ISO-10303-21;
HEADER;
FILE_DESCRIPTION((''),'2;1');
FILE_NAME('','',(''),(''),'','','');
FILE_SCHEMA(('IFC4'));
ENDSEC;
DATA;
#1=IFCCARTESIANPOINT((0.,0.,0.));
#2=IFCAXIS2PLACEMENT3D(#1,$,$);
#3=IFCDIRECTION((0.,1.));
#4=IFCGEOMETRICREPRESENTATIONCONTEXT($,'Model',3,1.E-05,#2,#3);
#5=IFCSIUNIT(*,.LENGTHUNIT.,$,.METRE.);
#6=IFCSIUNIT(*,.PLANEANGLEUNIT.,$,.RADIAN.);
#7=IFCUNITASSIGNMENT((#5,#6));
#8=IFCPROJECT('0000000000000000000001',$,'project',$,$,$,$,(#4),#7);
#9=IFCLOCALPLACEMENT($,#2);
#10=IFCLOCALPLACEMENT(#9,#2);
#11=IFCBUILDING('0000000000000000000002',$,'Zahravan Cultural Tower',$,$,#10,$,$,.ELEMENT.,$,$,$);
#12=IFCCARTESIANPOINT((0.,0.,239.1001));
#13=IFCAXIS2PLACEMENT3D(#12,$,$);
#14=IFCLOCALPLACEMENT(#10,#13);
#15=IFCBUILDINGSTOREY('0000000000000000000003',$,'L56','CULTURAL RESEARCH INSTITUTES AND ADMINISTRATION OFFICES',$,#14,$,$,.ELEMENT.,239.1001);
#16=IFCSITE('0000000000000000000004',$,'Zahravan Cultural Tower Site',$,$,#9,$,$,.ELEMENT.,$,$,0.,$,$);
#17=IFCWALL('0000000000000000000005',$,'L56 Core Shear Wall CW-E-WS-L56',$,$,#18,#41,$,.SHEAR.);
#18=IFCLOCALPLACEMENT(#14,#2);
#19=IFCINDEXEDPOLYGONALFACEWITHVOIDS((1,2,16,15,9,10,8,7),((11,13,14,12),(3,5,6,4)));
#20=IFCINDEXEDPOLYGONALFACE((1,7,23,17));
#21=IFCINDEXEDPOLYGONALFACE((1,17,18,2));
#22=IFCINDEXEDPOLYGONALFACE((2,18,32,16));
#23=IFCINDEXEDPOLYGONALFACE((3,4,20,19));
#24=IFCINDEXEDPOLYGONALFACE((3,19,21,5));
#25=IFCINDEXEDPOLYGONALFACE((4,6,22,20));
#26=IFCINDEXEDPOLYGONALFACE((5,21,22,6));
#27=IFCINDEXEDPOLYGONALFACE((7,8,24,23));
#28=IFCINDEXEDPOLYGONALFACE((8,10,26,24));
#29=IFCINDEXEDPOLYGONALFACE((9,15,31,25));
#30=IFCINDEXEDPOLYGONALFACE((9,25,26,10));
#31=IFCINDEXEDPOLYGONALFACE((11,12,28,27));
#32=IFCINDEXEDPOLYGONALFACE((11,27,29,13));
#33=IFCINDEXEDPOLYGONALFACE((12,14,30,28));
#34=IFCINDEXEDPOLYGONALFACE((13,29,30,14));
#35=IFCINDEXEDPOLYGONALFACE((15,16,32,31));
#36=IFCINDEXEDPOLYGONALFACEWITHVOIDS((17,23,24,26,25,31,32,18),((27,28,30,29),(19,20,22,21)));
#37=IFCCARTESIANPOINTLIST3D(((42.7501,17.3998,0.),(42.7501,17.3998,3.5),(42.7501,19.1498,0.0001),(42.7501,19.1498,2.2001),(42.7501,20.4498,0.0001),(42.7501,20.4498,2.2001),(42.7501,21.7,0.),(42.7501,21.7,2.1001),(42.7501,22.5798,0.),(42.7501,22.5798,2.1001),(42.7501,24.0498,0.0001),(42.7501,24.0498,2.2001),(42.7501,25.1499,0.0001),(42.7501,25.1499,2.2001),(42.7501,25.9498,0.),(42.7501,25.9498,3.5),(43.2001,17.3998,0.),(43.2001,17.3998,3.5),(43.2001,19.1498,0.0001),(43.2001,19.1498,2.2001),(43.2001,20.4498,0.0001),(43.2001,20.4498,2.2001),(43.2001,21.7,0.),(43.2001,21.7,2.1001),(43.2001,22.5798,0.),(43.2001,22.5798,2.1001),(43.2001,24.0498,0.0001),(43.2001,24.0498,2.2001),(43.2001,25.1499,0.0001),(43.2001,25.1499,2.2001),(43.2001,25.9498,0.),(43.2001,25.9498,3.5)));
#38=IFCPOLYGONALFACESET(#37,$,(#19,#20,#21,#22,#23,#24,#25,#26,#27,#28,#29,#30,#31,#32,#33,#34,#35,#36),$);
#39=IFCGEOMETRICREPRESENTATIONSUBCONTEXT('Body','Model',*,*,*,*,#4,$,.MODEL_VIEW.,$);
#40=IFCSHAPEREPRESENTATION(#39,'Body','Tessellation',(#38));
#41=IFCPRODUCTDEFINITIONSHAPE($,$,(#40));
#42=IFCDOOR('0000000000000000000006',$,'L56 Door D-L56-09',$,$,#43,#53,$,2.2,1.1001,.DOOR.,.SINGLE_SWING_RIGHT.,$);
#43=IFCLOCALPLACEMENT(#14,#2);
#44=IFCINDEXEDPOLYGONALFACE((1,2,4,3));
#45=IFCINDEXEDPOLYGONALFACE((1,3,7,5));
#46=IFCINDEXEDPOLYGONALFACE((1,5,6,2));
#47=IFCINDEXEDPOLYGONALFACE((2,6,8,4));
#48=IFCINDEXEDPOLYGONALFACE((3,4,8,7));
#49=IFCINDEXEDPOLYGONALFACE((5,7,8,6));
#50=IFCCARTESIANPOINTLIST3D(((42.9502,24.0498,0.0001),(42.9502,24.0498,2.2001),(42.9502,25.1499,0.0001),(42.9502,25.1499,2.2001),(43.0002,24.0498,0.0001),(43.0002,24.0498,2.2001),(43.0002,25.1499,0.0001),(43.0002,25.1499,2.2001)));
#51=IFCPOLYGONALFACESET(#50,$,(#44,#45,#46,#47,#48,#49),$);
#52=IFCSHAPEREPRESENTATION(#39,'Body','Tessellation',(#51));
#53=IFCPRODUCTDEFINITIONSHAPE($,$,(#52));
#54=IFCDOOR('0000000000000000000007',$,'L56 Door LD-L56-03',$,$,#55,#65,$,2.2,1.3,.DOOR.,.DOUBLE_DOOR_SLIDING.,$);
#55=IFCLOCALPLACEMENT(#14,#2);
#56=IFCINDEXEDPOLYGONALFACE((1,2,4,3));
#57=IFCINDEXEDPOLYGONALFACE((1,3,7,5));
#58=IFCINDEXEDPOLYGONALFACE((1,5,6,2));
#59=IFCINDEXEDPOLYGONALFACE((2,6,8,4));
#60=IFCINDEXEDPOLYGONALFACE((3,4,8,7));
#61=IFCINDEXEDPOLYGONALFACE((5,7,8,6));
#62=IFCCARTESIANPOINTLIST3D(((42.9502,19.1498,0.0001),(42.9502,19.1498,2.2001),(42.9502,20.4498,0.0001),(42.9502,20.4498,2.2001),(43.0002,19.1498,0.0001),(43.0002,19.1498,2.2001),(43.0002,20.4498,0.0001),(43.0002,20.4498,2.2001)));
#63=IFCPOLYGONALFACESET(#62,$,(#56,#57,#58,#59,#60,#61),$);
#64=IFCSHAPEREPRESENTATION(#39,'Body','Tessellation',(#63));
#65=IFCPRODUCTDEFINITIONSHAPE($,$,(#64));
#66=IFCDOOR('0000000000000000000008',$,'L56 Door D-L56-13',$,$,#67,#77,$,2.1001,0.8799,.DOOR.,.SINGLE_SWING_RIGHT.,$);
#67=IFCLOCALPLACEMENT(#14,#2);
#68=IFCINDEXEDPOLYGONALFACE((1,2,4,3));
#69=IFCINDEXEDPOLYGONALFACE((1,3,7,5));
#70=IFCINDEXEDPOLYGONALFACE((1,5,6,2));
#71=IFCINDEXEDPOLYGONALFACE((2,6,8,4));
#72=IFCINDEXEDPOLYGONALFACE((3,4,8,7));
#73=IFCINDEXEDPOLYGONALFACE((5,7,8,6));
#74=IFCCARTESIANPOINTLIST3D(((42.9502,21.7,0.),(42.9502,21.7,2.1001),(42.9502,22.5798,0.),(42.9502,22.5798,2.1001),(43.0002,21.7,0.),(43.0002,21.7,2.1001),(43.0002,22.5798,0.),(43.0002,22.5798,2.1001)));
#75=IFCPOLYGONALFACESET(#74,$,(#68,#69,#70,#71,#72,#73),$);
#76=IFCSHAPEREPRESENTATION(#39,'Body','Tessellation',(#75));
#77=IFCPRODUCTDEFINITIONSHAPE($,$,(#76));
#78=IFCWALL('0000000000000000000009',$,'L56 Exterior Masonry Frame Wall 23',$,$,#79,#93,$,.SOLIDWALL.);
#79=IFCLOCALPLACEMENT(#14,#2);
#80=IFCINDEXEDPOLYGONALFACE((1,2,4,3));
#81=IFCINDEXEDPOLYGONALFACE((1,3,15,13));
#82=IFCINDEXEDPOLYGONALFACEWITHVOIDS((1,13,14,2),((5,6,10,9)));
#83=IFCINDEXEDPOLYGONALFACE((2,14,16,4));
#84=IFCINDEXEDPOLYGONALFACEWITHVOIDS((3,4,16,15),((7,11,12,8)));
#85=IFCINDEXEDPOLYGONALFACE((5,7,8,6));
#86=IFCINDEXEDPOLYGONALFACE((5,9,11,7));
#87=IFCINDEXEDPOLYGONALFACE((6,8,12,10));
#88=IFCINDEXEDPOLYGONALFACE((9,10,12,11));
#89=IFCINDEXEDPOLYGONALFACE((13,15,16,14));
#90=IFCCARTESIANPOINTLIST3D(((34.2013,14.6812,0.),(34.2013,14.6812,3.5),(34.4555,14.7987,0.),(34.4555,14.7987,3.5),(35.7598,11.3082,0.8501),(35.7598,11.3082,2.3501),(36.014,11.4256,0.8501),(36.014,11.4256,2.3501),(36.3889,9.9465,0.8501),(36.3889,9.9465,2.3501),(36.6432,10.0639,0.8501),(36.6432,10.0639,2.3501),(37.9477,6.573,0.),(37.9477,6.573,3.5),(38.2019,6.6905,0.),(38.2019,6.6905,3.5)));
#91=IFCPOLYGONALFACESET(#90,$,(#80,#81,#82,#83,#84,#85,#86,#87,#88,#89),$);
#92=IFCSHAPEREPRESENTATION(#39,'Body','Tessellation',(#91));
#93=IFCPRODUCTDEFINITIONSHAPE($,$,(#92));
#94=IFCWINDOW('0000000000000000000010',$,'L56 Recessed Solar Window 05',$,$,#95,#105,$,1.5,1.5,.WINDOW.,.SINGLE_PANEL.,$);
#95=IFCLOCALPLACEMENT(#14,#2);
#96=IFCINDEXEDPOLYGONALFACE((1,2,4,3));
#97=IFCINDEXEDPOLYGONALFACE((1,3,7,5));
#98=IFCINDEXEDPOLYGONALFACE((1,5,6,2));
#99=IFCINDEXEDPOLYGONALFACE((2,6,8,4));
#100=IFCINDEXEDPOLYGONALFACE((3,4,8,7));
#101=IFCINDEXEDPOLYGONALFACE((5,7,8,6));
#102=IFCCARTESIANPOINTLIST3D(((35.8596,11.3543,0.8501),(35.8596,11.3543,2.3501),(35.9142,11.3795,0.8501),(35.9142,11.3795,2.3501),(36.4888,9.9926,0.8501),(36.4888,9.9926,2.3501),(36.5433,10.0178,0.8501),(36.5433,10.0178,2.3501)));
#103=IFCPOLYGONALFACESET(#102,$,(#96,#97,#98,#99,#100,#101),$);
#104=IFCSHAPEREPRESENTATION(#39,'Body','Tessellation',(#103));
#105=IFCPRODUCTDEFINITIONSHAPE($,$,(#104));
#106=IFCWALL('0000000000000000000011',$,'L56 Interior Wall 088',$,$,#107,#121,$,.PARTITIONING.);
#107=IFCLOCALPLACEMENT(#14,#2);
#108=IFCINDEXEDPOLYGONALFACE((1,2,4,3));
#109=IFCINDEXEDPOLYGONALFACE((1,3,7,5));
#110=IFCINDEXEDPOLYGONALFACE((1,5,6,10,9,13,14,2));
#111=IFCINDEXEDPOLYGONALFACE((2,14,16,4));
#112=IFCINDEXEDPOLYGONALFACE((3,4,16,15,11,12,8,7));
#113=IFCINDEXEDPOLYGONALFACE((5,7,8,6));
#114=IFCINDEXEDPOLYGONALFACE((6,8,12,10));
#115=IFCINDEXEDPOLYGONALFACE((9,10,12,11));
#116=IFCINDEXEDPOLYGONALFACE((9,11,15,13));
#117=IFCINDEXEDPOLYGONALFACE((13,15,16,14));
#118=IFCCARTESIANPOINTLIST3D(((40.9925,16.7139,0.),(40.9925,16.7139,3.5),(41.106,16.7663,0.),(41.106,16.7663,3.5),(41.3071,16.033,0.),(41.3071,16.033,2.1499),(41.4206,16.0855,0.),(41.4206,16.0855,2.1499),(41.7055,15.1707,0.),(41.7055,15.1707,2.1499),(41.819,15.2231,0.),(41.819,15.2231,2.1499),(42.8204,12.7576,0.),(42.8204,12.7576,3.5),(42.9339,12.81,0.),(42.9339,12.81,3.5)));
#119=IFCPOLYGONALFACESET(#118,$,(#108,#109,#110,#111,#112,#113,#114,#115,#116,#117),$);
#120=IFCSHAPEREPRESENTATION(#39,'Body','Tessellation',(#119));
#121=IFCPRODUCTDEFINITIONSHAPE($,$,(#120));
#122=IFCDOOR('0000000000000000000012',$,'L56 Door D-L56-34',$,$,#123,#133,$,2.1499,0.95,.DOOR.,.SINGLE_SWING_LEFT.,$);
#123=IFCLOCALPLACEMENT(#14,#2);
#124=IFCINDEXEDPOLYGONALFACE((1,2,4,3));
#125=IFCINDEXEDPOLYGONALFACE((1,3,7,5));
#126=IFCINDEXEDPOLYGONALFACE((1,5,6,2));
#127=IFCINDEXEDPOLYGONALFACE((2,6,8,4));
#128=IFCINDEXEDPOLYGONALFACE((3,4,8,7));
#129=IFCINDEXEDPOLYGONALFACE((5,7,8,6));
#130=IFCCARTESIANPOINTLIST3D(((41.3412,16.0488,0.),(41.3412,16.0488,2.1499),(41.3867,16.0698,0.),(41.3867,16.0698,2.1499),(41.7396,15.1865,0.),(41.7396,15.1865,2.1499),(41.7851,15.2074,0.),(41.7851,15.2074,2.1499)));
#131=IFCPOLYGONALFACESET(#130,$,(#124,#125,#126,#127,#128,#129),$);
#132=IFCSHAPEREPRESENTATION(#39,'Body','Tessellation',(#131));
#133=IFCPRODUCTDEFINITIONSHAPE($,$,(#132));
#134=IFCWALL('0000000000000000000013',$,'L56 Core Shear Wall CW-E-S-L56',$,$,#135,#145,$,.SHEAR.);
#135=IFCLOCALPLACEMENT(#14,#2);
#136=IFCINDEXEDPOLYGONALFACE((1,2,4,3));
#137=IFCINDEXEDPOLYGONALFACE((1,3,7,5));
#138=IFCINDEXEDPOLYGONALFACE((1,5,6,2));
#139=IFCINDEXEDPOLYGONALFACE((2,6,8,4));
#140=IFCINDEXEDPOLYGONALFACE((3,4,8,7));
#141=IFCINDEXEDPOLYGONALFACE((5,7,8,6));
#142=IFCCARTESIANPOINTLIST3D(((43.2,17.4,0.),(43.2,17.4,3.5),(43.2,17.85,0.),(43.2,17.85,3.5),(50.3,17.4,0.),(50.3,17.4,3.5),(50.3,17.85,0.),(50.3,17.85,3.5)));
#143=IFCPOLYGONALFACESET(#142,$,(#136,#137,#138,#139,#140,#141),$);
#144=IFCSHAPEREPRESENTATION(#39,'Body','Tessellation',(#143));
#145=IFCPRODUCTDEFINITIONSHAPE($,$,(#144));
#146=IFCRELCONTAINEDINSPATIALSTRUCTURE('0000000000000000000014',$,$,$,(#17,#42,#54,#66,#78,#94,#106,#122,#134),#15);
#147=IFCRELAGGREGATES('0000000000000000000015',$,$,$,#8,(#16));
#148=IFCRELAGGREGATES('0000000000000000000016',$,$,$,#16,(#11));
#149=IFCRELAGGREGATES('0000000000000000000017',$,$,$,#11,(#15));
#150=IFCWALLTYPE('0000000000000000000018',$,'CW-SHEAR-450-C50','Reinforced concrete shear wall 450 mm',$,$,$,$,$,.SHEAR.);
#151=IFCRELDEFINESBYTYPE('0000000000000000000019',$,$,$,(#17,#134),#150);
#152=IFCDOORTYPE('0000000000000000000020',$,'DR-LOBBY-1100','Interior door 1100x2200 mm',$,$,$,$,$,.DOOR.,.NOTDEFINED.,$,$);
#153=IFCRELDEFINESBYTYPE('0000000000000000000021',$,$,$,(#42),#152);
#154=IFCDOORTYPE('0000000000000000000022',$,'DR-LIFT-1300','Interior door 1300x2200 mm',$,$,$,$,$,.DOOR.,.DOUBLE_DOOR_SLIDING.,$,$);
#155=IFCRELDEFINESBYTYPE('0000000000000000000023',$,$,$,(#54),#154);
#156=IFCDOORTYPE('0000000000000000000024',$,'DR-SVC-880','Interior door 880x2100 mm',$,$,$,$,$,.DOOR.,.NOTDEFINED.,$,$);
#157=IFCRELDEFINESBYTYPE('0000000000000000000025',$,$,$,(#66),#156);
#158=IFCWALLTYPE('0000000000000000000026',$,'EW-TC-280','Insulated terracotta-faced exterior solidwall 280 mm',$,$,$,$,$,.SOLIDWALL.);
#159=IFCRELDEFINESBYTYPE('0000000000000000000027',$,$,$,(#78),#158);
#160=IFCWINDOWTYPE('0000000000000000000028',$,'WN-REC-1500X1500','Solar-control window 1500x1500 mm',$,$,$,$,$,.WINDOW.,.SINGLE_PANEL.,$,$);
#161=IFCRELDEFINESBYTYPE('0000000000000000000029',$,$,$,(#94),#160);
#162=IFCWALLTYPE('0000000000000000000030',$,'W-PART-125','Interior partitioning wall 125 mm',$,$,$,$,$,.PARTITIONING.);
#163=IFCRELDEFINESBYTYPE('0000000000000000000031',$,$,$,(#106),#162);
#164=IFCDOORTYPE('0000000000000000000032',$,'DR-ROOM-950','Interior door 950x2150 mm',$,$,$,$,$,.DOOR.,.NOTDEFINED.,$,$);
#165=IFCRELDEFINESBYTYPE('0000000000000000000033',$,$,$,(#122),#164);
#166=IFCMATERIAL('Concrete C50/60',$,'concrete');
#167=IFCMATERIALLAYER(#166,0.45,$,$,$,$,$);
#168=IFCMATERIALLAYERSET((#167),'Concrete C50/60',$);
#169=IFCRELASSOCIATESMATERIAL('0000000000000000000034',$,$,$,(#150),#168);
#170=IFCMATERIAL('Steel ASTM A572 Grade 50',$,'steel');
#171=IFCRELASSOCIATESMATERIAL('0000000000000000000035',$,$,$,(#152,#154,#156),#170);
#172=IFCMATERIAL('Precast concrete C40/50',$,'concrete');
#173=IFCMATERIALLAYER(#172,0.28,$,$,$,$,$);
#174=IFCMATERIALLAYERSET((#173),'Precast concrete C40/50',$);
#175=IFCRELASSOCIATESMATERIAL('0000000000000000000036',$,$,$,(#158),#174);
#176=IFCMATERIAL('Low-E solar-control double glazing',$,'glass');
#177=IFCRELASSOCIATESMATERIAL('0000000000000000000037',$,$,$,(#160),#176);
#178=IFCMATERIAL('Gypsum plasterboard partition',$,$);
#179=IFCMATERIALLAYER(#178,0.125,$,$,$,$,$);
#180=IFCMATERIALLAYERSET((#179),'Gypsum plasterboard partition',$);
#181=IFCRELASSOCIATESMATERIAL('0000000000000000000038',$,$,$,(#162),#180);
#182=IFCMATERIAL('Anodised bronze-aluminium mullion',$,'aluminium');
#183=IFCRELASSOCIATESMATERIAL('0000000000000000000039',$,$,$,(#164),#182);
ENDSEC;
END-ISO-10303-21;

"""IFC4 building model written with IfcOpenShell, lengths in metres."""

from ifc_helpers import new_model, si_unit, direction, frame, frame_2d, origin, place, context, subcontext, project, spatial, rectangle, extrude, source, transform, mapped, material, layer, layer_set, type_object, element, fill, save


model = new_model("IFC4")

# Units and contexts
model_context = context("Model", 3, precision=1e-05, world=origin(), true_north=direction((0.0, 1.0)))
body_context = subcontext(model_context, "Body", "Model", "MODEL_VIEW")
ifc_project = project(units=[si_unit("LENGTHUNIT", "METRE"), si_unit("PLANEANGLEUNIT", "RADIAN")], contexts=[model_context])

# Site, building, storey
site_placement = place(None, origin())
site = spatial("IfcSite", under=ifc_project, at=site_placement, Name="Zahravan Cultural Tower Site", CompositionType="ELEMENT", RefElevation=0.0)
building_placement = place(site_placement, origin())
building = spatial("IfcBuilding", under=site, at=building_placement, Name="Zahravan Cultural Tower", CompositionType="ELEMENT")
storey_placement = place(building_placement, frame((0.0, 0.0, 239.1001)))
storey = spatial("IfcBuildingStorey", under=building, at=storey_placement, Name="L56", Description="CULTURAL RESEARCH INSTITUTES AND ADMINISTRATION OFFICES", CompositionType="ELEMENT", Elevation=239.1001)

# Shared definitions
ifc_material_1 = material(Name="Concrete C50/60", Category="concrete")

# Wall, openings, doors
ifc_layer_1 = layer(ifc_material_1, 0.45)
ifc_layer_set_1 = layer_set([ifc_layer_1], Name="Concrete C50/60")
wall_type_1 = type_object("IfcWallType", Name="CW-SHEAR-450-C50", Description="Reinforced concrete shear wall 450 mm", PredefinedType="SHEAR", material=ifc_layer_set_1)
wall_1_placement = place(storey_placement, frame((42.9751, 17.3999, 0.0), z_axis=(0.0, 0.0, 1.0), x_axis=(0.0, 1.0, 0.0)))
wall_1 = element("IfcWall", 1, at=wall_1_placement, inside=storey, type_object=wall_type_1, Name="L56 Core Shear Wall CW-E-WS-L56", PredefinedType="SHEAR", context=body_context, shape_type="SweptSolid", body=[
    extrude(rectangle(XDim=8.55, YDim=0.45, at=frame_2d((4.2749, 0.0))), origin(), (0.0, 0.0, 1.0), 3.5),
])
opening_1_placement = place(wall_1_placement, frame((6.6499, 0.0, 0.0)))
opening_1 = element("IfcOpeningElement", 2, at=opening_1_placement, cuts=wall_1, PredefinedType="OPENING", context=body_context, shape_type="SweptSolid", body=[
    extrude(rectangle(XDim=1.1001, YDim=2.2, at=frame_2d((0.55, 1.1001))), frame((0.0, 0.2349, 0.0), z_axis=(0.0, -1.0, 0.0), x_axis=(1.0, 0.0, 0.0)), (0.0, 0.0, 1.0), 0.47),
])
opening_2_placement = place(wall_1_placement, frame((1.75, 0.0, 0.0)))
opening_2 = element("IfcOpeningElement", 3, at=opening_2_placement, cuts=wall_1, PredefinedType="OPENING", context=body_context, shape_type="SweptSolid", body=[
    extrude(rectangle(XDim=1.3, YDim=2.2, at=frame_2d((0.6499, 1.1001))), frame((0.0, 0.2349, 0.0), z_axis=(0.0, -1.0, 0.0), x_axis=(1.0, 0.0, 0.0)), (0.0, 0.0, 1.0), 0.47),
])
opening_3_placement = place(wall_1_placement, frame((4.3, 0.0, 0.0)))
opening_3 = element("IfcOpeningElement", 4, at=opening_3_placement, cuts=wall_1, PredefinedType="OPENING", context=body_context, shape_type="SweptSolid", body=[
    extrude(rectangle(XDim=0.8799, YDim=2.1001, at=frame_2d((0.4399, 1.05))), frame((0.0, 0.2349, 0.0), z_axis=(0.0, -1.0, 0.0), x_axis=(1.0, 0.0, 0.0)), (0.0, 0.0, 1.0), 0.47),
])
ifc_material_2 = material(Name="Steel ASTM A572 Grade 50", Category="steel")
door_type_1 = type_object("IfcDoorType", Name="DR-LOBBY-1100", Description="Interior door 1100x2200 mm", OperationType="NOTDEFINED", PredefinedType="DOOR", material=ifc_material_2)
shared_shape_1 = source(origin(), body_context, "Body", "SweptSolid", [
    extrude(rectangle(XDim=1.1001, YDim=2.2, at=frame_2d((0.55, 1.1001))), frame((0.0, 0.0249, 0.0), z_axis=(0.0, -1.0, 0.0), x_axis=(1.0, 0.0, 0.0)), (0.0, 0.0, 1.0), 0.05),
])
door_1_placement = place(opening_1_placement, origin())
door_1 = element("IfcDoor", 5, at=door_1_placement, inside=storey, type_object=door_type_1, Name="L56 Door D-L56-09", OperationType="SINGLE_SWING_RIGHT", OverallHeight=2.2, OverallWidth=1.1001, PredefinedType="DOOR", context=body_context, shape_type="MappedRepresentation", body=[
    mapped(shared_shape_1, transform((0.0, 0.0, 0.0), x_axis=(1.0, 0.0, 0.0), y_axis=(0.0, 1.0, 0.0), z_axis=(0.0, 0.0, 1.0), scale=1.0)),
])
fill(opening_1, door_1)
door_type_2 = type_object("IfcDoorType", Name="DR-LIFT-1300", Description="Interior door 1300x2200 mm", OperationType="DOUBLE_DOOR_SLIDING", PredefinedType="DOOR", material=ifc_material_2)
shared_shape_2 = source(origin(), body_context, "Body", "SweptSolid", [
    extrude(rectangle(XDim=1.3, YDim=2.2, at=frame_2d((0.6499, 1.1001))), frame((0.0, 0.0249, 0.0), z_axis=(0.0, -1.0, 0.0), x_axis=(1.0, 0.0, 0.0)), (0.0, 0.0, 1.0), 0.05),
])
door_2_placement = place(opening_2_placement, origin())
door_2 = element("IfcDoor", 6, at=door_2_placement, inside=storey, type_object=door_type_2, Name="L56 Door LD-L56-03", OperationType="DOUBLE_DOOR_SLIDING", OverallHeight=2.2, OverallWidth=1.3, PredefinedType="DOOR", context=body_context, shape_type="MappedRepresentation", body=[
    mapped(shared_shape_2, transform((0.0, 0.0, 0.0), x_axis=(1.0, 0.0, 0.0), y_axis=(0.0, 1.0, 0.0), z_axis=(0.0, 0.0, 1.0), scale=1.0)),
])
fill(opening_2, door_2)
door_type_3 = type_object("IfcDoorType", Name="DR-SVC-880", Description="Interior door 880x2100 mm", OperationType="NOTDEFINED", PredefinedType="DOOR", material=ifc_material_2)
shared_shape_3 = source(origin(), body_context, "Body", "SweptSolid", [
    extrude(rectangle(XDim=0.8799, YDim=2.1001, at=frame_2d((0.4399, 1.05))), frame((0.0, 0.0249, 0.0), z_axis=(0.0, -1.0, 0.0), x_axis=(1.0, 0.0, 0.0)), (0.0, 0.0, 1.0), 0.05),
])
door_3_placement = place(opening_3_placement, origin())
door_3 = element("IfcDoor", 7, at=door_3_placement, inside=storey, type_object=door_type_3, Name="L56 Door D-L56-13", OperationType="SINGLE_SWING_RIGHT", OverallHeight=2.1001, OverallWidth=0.8799, PredefinedType="DOOR", context=body_context, shape_type="MappedRepresentation", body=[
    mapped(shared_shape_3, transform((0.0, 0.0, 0.0), x_axis=(1.0, 0.0, 0.0), y_axis=(0.0, 1.0, 0.0), z_axis=(0.0, 0.0, 1.0), scale=1.0)),
])
fill(opening_3, door_3)

# Wall, opening, window
ifc_material_3 = material(Name="Precast concrete C40/50", Category="concrete")
ifc_layer_2 = layer(ifc_material_3, 0.28)
ifc_layer_set_2 = layer_set([ifc_layer_2], Name="Precast concrete C40/50")
wall_type_2 = type_object("IfcWallType", Name="EW-TC-280", Description="Insulated terracotta-faced exterior solidwall 280 mm", PredefinedType="SOLIDWALL", material=ifc_layer_set_2)
wall_2_placement = place(storey_placement, frame((38.0747, 6.6318, 0.0), z_axis=(0.0, 0.0, 1.0), x_axis=(-0.419438, 0.907784, 0.0)))
wall_2 = element("IfcWall", 8, at=wall_2_placement, inside=storey, type_object=wall_type_2, Name="L56 Exterior Masonry Frame Wall 23", PredefinedType="SOLIDWALL", context=body_context, shape_type="SweptSolid", body=[
    extrude(rectangle(XDim=8.9319, YDim=0.28, at=frame_2d((4.4658, 0.0))), origin(), (0.0, 0.0, 1.0), 3.5),
])
opening_4_placement = place(wall_2_placement, frame((3.7161, 0.0, 0.8501)))
opening_4 = element("IfcOpeningElement", 9, at=opening_4_placement, cuts=wall_2, PredefinedType="OPENING", context=body_context, shape_type="SweptSolid", body=[
    extrude(rectangle(XDim=1.5, YDim=1.5, at=frame_2d((0.75, 0.75))), frame((0.0, 0.1499, 0.0), z_axis=(0.0, -1.0, 0.0), x_axis=(1.0, 0.0, 0.0)), (0.0, 0.0, 1.0), 0.3),
])
ifc_material_4 = material(Name="Low-E solar-control double glazing", Category="glass")
window_type = type_object("IfcWindowType", Name="WN-REC-1500X1500", Description="Solar-control window 1500x1500 mm", PartitioningType="SINGLE_PANEL", PredefinedType="WINDOW", material=ifc_material_4)
shared_shape_4 = source(origin(), body_context, "Body", "SweptSolid", [
    extrude(rectangle(XDim=1.5, YDim=1.5, at=frame_2d((0.75, 0.75))), frame((0.0, 0.03, 0.0), z_axis=(0.0, -1.0, 0.0), x_axis=(1.0, 0.0, 0.0)), (0.0, 0.0, 1.0), 0.0601),
])
window_placement = place(opening_4_placement, origin())
window = element("IfcWindow", 10, at=window_placement, inside=storey, type_object=window_type, Name="L56 Recessed Solar Window 05", OverallHeight=1.5, OverallWidth=1.5, PartitioningType="SINGLE_PANEL", PredefinedType="WINDOW", context=body_context, shape_type="MappedRepresentation", body=[
    mapped(shared_shape_4, transform((0.0, 0.0, 0.0), x_axis=(1.0, 0.0, 0.0), y_axis=(0.0, 1.0, 0.0), z_axis=(0.0, 0.0, 1.0), scale=1.0)),
])
fill(opening_4, window)

# Wall, opening, door
ifc_material_5 = material(Name="Gypsum plasterboard partition")
ifc_layer_3 = layer(ifc_material_5, 0.125)
ifc_layer_set_3 = layer_set([ifc_layer_3], Name="Gypsum plasterboard partition")
wall_type_3 = type_object("IfcWallType", Name="W-PART-125", Description="Interior partitioning wall 125 mm", PredefinedType="PARTITIONING", material=ifc_layer_set_3)
wall_3_placement = place(storey_placement, frame((42.8772, 12.7837, 0.0), z_axis=(0.0, 0.0, 1.0), x_axis=(-0.419417, 0.907794, 0.0)))
wall_3 = element("IfcWall", 11, at=wall_3_placement, inside=storey, type_object=wall_type_3, Name="L56 Interior Wall 088", PredefinedType="PARTITIONING", context=body_context, shape_type="SweptSolid", body=[
    extrude(rectangle(XDim=4.3582, YDim=0.125, at=frame_2d((2.1792, 0.0))), origin(), (0.0, 0.0, 1.0), 3.5),
])
opening_5_placement = place(wall_3_placement, frame((2.6582, 0.0, 0.0)))
opening_5 = element("IfcOpeningElement", 12, at=opening_5_placement, cuts=wall_3, PredefinedType="OPENING", context=body_context, shape_type="SweptSolid", body=[
    extrude(rectangle(XDim=0.95, YDim=2.1499, at=frame_2d((0.4751, 1.075))), frame((0.0, 0.0725, 0.0), z_axis=(0.0, -1.0, 0.0), x_axis=(1.0, 0.0, 0.0)), (0.0, 0.0, 1.0), 0.145),
])
ifc_material_6 = material(Name="Anodised bronze-aluminium mullion", Category="aluminium")
door_type_4 = type_object("IfcDoorType", Name="DR-ROOM-950", Description="Interior door 950x2150 mm", OperationType="NOTDEFINED", PredefinedType="DOOR", material=ifc_material_6)
shared_shape_5 = source(origin(), body_context, "Body", "SweptSolid", [
    extrude(rectangle(XDim=0.95, YDim=2.1499, at=frame_2d((0.4751, 1.075))), frame((0.0, 0.0249, 0.0), z_axis=(0.0, -1.0, 0.0), x_axis=(1.0, 0.0, 0.0)), (0.0, 0.0, 1.0), 0.05),
])
door_4_placement = place(opening_5_placement, origin())
door_4 = element("IfcDoor", 13, at=door_4_placement, inside=storey, type_object=door_type_4, Name="L56 Door D-L56-34", OperationType="SINGLE_SWING_LEFT", OverallHeight=2.1499, OverallWidth=0.95, PredefinedType="DOOR", context=body_context, shape_type="MappedRepresentation", body=[
    mapped(shared_shape_5, transform((0.0, 0.0, 0.0), x_axis=(1.0, 0.0, 0.0), y_axis=(0.0, 1.0, 0.0), z_axis=(0.0, 0.0, 1.0), scale=1.0)),
])
fill(opening_5, door_4)

# Wall
shared_shape_6 = source(origin(), body_context, "Body", "SweptSolid", [
    extrude(rectangle(XDim=7.1001, YDim=0.45, at=frame_2d((3.55, 0.0))), origin(), (0.0, 0.0, 1.0), 3.5),
])
wall_4_placement = place(storey_placement, frame((43.2, 17.625, 0.0), z_axis=(0.0, 0.0, 1.0), x_axis=(1.0, 0.0, 0.0)))
element("IfcWall", 14, at=wall_4_placement, inside=storey, type_object=wall_type_1, Name="L56 Core Shear Wall CW-E-S-L56", PredefinedType="SHEAR", context=body_context, shape_type="MappedRepresentation", body=[
    mapped(shared_shape_6, transform((0.0, 0.0, 0.0), x_axis=(1.0, 0.0, 0.0), y_axis=(0.0, 1.0, 0.0), z_axis=(0.0, 0.0, 1.0), scale=1.0)),
])

save(model, "model.ifc")
